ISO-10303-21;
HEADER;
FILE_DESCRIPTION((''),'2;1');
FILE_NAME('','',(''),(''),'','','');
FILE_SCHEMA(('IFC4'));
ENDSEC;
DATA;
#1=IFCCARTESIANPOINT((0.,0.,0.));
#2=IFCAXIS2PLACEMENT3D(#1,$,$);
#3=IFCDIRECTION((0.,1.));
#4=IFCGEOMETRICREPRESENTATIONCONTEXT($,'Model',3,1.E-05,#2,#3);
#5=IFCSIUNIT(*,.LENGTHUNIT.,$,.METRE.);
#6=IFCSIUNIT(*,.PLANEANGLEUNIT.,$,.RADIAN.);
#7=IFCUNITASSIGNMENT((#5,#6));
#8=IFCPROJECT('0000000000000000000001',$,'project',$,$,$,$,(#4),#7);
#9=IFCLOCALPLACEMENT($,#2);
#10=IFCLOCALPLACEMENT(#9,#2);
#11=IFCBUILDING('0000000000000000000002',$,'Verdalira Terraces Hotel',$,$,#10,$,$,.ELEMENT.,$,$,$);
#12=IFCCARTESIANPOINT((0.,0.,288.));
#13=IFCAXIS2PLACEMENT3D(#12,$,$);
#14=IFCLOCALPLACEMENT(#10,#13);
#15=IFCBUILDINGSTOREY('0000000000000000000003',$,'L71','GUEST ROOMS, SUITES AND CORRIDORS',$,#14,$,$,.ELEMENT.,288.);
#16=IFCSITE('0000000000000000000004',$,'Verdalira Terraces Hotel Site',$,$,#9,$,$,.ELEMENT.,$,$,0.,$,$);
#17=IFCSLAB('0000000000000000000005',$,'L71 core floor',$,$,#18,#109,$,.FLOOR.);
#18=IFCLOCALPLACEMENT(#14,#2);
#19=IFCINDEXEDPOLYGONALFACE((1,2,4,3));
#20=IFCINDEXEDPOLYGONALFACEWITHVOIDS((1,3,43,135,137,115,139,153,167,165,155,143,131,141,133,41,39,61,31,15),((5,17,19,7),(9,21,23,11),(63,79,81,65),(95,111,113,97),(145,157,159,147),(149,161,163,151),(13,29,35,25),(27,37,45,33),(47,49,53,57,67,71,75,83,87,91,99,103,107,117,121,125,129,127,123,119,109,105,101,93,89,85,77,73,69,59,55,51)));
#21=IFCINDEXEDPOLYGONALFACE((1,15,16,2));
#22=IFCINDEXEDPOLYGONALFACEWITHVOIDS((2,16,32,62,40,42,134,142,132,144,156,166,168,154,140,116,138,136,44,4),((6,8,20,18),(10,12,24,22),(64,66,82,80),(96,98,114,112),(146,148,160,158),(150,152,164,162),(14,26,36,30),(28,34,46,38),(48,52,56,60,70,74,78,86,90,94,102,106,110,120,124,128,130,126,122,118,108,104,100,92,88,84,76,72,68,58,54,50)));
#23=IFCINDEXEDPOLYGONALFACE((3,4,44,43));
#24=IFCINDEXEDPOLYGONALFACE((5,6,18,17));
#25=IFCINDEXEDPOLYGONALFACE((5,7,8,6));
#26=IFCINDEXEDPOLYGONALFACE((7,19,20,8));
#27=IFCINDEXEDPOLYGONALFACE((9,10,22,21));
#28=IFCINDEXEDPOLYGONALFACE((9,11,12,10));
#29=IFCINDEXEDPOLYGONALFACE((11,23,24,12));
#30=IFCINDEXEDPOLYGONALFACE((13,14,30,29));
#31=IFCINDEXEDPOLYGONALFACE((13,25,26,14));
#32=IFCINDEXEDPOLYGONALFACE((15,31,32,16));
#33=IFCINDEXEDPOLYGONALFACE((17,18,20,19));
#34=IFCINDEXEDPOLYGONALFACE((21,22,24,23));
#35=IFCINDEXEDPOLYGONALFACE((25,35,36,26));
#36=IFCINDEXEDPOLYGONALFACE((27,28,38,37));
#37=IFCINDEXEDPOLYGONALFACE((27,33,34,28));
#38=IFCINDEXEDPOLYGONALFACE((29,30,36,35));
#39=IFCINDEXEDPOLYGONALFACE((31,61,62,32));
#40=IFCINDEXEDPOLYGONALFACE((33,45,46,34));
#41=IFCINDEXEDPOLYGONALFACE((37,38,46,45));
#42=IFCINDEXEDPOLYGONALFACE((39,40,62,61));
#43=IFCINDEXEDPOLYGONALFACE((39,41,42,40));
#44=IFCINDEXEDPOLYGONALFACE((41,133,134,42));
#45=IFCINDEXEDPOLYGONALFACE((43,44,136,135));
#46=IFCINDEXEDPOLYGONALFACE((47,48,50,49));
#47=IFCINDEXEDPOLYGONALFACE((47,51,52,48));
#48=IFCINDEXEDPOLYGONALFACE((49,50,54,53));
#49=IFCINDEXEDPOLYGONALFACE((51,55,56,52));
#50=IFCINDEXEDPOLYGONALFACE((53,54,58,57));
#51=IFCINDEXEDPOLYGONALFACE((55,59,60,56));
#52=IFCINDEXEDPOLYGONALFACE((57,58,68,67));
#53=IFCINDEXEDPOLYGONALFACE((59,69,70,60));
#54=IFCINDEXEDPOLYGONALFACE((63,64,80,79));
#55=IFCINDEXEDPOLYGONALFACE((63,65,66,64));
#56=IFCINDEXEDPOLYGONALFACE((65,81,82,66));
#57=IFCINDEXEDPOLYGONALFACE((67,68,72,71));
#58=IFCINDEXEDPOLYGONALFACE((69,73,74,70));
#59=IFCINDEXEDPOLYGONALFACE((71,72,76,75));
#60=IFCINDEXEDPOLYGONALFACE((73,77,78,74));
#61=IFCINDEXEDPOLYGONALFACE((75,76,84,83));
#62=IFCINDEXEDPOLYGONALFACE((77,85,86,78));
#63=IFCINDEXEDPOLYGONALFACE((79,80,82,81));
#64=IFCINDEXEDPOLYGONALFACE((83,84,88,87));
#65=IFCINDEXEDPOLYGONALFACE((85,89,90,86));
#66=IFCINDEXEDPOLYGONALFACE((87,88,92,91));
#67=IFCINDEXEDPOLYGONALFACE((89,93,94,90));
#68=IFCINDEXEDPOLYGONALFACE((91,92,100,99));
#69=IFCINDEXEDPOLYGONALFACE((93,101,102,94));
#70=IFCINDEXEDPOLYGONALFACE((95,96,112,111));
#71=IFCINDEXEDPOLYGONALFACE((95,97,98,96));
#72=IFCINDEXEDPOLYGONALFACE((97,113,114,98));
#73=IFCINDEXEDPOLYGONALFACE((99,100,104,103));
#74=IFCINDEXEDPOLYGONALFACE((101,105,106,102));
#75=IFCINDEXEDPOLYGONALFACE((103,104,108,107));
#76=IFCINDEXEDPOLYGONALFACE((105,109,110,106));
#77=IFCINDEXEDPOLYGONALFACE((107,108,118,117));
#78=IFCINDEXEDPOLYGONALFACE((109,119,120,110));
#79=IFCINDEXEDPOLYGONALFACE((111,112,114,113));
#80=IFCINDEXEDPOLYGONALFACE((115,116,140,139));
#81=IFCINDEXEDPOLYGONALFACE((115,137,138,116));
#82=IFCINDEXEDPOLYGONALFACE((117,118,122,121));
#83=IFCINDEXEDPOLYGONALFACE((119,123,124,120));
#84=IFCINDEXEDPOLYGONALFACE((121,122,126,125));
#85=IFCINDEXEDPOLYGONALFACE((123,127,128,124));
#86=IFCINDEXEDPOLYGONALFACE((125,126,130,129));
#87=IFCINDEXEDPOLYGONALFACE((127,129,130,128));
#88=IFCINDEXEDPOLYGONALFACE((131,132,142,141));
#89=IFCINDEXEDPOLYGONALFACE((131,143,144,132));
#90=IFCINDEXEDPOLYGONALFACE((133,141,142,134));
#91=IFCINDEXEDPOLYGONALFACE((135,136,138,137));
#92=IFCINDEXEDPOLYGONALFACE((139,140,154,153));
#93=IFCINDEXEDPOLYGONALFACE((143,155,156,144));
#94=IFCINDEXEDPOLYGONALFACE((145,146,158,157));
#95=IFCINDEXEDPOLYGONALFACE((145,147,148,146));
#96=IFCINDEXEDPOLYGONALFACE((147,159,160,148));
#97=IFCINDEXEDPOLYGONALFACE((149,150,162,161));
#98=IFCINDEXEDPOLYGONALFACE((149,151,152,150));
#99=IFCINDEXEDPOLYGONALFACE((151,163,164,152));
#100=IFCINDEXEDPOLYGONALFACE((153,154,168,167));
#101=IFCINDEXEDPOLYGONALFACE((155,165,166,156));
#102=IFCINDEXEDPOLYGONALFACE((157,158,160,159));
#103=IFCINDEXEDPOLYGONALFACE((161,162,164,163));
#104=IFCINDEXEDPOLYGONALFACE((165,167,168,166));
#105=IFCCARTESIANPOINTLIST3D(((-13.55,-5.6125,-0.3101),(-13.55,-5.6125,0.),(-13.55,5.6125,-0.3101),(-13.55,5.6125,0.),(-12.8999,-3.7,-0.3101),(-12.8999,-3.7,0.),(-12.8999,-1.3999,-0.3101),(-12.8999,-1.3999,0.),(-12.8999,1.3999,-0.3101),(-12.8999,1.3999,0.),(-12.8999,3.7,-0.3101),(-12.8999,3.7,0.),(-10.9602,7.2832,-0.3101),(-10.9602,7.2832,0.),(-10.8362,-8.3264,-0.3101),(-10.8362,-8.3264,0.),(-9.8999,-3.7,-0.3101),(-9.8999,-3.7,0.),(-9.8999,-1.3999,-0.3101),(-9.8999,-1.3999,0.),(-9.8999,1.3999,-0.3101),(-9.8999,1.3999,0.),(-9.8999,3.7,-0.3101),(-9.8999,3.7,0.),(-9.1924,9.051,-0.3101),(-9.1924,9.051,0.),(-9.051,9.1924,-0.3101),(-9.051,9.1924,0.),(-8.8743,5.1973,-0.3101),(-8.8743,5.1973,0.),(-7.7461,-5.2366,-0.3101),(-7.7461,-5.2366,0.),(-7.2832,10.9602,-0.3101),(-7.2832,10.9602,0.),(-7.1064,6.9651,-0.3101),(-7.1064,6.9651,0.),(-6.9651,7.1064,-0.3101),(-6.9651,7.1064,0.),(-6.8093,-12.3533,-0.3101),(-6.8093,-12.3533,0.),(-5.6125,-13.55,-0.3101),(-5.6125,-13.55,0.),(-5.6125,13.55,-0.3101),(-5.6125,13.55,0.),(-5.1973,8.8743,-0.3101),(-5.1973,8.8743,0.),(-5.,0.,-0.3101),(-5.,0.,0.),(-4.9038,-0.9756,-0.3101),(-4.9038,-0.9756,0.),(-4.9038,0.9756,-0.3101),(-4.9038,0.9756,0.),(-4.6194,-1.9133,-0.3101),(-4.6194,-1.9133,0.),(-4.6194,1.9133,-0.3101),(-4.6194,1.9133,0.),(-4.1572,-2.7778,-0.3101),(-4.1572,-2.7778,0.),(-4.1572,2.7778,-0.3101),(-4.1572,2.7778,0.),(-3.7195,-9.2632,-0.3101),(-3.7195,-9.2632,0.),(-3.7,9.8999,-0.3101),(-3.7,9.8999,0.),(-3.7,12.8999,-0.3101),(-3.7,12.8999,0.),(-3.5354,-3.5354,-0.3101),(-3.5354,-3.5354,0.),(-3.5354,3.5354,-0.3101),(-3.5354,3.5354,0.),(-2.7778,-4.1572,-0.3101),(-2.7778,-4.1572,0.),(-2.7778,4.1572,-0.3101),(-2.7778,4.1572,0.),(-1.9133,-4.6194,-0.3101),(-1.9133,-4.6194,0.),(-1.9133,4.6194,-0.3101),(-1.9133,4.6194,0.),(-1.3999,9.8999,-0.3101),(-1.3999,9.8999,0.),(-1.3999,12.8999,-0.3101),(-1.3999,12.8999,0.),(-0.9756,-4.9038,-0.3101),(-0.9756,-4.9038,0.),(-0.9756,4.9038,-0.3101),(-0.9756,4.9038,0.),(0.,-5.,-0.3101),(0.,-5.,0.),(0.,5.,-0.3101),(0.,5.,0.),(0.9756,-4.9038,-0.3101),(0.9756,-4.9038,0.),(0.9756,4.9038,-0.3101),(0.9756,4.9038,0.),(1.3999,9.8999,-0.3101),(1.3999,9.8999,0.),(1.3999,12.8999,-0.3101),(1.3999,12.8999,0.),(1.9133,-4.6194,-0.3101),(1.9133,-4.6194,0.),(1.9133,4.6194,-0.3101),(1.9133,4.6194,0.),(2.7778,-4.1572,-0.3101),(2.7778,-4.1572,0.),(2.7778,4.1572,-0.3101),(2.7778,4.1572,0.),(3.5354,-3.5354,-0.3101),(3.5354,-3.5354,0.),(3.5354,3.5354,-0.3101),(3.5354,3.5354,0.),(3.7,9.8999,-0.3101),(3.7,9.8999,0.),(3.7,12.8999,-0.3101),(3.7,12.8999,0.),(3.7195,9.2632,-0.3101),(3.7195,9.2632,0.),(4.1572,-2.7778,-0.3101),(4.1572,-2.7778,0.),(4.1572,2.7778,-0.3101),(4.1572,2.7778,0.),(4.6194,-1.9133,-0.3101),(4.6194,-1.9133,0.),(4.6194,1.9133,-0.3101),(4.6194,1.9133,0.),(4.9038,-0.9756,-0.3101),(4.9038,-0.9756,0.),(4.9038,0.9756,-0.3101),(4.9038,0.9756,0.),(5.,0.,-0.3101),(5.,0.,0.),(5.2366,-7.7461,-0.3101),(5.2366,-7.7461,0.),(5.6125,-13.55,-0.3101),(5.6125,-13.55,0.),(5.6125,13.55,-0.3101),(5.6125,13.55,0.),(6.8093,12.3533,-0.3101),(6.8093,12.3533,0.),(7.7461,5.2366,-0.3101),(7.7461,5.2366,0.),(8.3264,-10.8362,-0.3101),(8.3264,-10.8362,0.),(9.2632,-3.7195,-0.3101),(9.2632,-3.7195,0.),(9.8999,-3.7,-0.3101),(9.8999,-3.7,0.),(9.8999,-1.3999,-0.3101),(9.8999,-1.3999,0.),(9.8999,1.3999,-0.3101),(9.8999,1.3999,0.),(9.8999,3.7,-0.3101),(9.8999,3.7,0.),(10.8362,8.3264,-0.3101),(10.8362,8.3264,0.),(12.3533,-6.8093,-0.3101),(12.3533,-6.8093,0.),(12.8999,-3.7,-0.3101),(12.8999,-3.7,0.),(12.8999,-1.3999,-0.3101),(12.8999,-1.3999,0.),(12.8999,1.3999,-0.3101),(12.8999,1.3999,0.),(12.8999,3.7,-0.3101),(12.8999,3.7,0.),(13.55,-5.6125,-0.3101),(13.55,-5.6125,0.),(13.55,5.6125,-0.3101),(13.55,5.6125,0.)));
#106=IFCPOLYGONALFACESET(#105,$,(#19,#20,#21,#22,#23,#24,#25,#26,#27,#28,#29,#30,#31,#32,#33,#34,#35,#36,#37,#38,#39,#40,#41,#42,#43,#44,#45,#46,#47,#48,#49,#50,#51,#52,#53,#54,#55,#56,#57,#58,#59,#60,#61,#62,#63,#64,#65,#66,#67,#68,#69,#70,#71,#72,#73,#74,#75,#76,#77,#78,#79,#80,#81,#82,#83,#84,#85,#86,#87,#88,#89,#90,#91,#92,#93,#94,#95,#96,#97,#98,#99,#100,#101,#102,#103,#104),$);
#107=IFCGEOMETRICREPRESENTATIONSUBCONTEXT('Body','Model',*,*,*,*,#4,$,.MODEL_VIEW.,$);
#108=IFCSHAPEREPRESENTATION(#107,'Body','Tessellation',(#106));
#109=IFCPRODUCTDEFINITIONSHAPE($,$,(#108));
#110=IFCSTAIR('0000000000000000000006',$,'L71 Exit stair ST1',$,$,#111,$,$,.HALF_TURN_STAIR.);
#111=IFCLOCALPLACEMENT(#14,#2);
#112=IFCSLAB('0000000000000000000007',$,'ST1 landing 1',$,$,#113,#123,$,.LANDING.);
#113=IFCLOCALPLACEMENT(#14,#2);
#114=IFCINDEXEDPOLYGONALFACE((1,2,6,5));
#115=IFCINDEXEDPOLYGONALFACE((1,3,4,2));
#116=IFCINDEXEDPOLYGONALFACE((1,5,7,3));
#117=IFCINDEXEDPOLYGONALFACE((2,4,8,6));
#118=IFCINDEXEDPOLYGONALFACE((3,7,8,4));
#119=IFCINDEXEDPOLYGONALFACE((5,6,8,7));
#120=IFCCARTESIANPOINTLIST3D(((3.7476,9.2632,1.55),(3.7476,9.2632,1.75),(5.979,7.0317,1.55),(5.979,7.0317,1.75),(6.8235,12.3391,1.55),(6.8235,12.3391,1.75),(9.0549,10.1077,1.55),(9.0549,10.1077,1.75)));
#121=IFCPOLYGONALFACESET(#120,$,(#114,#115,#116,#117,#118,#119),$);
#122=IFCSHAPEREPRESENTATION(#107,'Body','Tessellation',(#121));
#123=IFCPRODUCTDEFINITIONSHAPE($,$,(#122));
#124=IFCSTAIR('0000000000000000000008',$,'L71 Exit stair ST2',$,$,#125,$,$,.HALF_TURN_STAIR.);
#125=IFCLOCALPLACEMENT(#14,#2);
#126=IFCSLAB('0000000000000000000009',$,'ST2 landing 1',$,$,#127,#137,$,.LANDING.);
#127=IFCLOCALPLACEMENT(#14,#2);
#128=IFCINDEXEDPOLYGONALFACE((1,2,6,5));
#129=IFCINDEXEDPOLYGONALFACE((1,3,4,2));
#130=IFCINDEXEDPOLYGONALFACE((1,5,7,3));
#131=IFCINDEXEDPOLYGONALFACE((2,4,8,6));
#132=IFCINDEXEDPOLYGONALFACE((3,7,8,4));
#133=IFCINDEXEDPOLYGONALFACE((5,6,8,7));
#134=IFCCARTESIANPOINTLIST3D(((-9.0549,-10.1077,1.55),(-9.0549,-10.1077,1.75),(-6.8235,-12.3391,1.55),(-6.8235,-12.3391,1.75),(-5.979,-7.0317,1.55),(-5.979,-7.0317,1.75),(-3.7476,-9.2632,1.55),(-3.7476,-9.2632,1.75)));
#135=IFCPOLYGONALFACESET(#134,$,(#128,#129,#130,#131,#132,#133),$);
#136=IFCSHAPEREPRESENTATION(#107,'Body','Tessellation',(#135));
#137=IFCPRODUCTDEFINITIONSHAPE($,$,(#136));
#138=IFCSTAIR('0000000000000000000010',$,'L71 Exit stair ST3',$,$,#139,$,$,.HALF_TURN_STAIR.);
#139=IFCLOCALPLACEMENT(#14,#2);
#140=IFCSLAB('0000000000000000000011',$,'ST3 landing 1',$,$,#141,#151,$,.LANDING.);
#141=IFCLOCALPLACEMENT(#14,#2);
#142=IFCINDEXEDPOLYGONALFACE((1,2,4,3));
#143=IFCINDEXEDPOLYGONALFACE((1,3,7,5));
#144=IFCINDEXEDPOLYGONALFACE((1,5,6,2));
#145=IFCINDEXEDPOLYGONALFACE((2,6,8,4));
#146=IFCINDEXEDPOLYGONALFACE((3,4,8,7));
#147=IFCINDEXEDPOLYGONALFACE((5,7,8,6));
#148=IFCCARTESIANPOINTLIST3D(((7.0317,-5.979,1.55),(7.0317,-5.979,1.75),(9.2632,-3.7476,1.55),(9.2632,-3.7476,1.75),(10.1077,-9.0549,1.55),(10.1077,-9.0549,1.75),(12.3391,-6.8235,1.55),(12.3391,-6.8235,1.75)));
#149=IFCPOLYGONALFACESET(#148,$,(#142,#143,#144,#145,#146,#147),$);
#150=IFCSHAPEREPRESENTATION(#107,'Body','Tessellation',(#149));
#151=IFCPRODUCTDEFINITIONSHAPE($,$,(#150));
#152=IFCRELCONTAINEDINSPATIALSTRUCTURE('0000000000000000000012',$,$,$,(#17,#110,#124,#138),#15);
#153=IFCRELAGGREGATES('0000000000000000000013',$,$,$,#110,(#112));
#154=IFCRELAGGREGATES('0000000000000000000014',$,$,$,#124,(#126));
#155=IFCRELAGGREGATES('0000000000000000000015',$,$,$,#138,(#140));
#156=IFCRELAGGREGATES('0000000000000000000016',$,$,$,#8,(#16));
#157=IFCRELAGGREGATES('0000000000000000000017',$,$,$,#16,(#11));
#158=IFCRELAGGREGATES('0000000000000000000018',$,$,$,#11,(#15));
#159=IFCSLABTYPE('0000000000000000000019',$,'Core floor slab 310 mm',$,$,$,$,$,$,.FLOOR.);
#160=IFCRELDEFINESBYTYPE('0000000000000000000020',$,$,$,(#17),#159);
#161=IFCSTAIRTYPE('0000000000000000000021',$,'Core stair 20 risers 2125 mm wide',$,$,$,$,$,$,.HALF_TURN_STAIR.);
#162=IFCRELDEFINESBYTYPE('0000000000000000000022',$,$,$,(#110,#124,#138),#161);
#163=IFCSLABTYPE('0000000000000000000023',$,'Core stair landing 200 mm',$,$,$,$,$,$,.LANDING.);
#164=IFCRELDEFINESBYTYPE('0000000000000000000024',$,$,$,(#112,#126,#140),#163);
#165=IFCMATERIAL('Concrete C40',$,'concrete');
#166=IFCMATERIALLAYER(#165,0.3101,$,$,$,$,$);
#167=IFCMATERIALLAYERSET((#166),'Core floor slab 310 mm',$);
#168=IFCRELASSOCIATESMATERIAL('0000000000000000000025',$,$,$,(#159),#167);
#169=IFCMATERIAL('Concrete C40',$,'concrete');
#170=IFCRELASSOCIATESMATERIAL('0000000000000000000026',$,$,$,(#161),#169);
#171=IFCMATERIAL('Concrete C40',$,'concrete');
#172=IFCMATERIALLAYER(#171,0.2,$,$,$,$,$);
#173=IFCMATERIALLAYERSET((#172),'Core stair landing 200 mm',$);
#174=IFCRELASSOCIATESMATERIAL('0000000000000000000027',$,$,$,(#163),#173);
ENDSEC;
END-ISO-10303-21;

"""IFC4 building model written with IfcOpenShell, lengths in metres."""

from ifc_helpers import new_model, si_unit, direction, frame, origin, place, context, subcontext, project, spatial, polyline, outline, extrude, material, layer, layer_set, type_object, element, aggregate, save


model = new_model("IFC4")

# Units and contexts
model_context = context("Model", 3, precision=1e-05, world=origin(), true_north=direction((0.0, 1.0)))
body_context = subcontext(model_context, "Body", "Model", "MODEL_VIEW")
ifc_project = project(units=[si_unit("LENGTHUNIT", "METRE"), si_unit("PLANEANGLEUNIT", "RADIAN")], contexts=[model_context])

# Site, building, storey
site_placement = place(None, origin())
site = spatial("IfcSite", under=ifc_project, at=site_placement, Name="Verdalira Terraces Hotel Site", CompositionType="ELEMENT", RefElevation=0.0)
building_placement = place(site_placement, origin())
building = spatial("IfcBuilding", under=site, at=building_placement, Name="Verdalira Terraces Hotel", CompositionType="ELEMENT")
storey_placement = place(building_placement, frame((0.0, 0.0, 288.0)))
storey = spatial("IfcBuildingStorey", under=building, at=storey_placement, Name="L71", Description="GUEST ROOMS, SUITES AND CORRIDORS", CompositionType="ELEMENT", Elevation=288.0)

# Slab
ifc_material_1 = material(Name="Concrete C40", Category="concrete")
ifc_layer_1 = layer(ifc_material_1, 0.3101)
ifc_layer_set_1 = layer_set([ifc_layer_1], Name="Core floor slab 310 mm")
slab_type_1 = type_object("IfcSlabType", Name="Core floor slab 310 mm", PredefinedType="FLOOR", material=ifc_layer_set_1)
slab_1_placement = place(storey_placement, frame((0.0, 0.0, -0.3101)))
element("IfcSlab", 1, at=slab_1_placement, inside=storey, type_object=slab_type_1, Name="L71 core floor", PredefinedType="FLOOR", context=body_context, shape_type="SweptSolid", body=[
    extrude(outline(polyline([(-6.8093, -12.3533), (-3.7195, -9.2632), (-7.7461, -5.2366), (-10.8362, -8.3264), (-13.55, -5.6125), (-13.55, 5.6125), (-5.6125, 13.55), (5.6125, 13.55), (6.8093, 12.3533), (3.7195, 9.2632), (7.7461, 5.2366), (10.8362, 8.3264), (13.55, 5.6125), (13.55, -5.6125), (12.3533, -6.8093), (9.2632, -3.7195), (5.2366, -7.7461), (8.3264, -10.8362), (5.6125, -13.55), (-5.6125, -13.55), (-6.8093, -12.3533)]), holes=[polyline([(9.8999, -1.3999), (9.8999, -3.7), (12.8999, -3.7), (12.8999, -1.3999), (9.8999, -1.3999)]), polyline([(9.8999, 3.7), (9.8999, 1.3999), (12.8999, 1.3999), (12.8999, 3.7), (9.8999, 3.7)]), polyline([(3.7, 12.8999), (1.3999, 12.8999), (1.3999, 9.8999), (3.7, 9.8999), (3.7, 12.8999)]), polyline([(-1.3999, 12.8999), (-3.7, 12.8999), (-3.7, 9.8999), (-1.3999, 9.8999), (-1.3999, 12.8999)]), polyline([(-9.8999, 1.3999), (-9.8999, 3.7), (-12.8999, 3.7), (-12.8999, 1.3999), (-9.8999, 1.3999)]), polyline([(-9.8999, -3.7), (-9.8999, -1.3999), (-12.8999, -1.3999), (-12.8999, -3.7), (-9.8999, -3.7)]), polyline([(-9.051, 9.1924), (-6.9651, 7.1064), (-5.1973, 8.8743), (-7.2832, 10.9602), (-9.051, 9.1924)]), polyline([(-9.1924, 9.051), (-10.9602, 7.2832), (-8.8743, 5.1973), (-7.1064, 6.9651), (-9.1924, 9.051)]), polyline([(3.5354, 3.5354), (2.7778, 4.1572), (1.9133, 4.6194), (0.9756, 4.9038), (0.0, 5.0), (-0.9756, 4.9038), (-1.9133, 4.6194), (-2.7778, 4.1572), (-3.5354, 3.5354), (-4.1572, 2.7778), (-4.6194, 1.9133), (-4.9038, 0.9756), (-5.0, 0.0), (-4.9038, -0.9756), (-4.6194, -1.9133), (-4.1572, -2.7778), (-3.5354, -3.5354), (-2.7778, -4.1572), (-1.9133, -4.6194), (-0.9756, -4.9038), (0.0, -5.0), (0.9756, -4.9038), (1.9133, -4.6194), (2.7778, -4.1572), (3.5354, -3.5354), (4.1572, -2.7778), (4.6194, -1.9133), (4.9038, -0.9756), (5.0, 0.0), (4.9038, 0.9756), (4.6194, 1.9133), (4.1572, 2.7778), (3.5354, 3.5354)])]), origin(), (0.0, 0.0, 1.0), 0.3101),
])

# Stairs, slabs
ifc_material_2 = material(Name="Concrete C40", Category="concrete")
stair_type = type_object("IfcStairType", Name="Core stair 20 risers 2125 mm wide", PredefinedType="HALF_TURN_STAIR", material=ifc_material_2)
stair_1_placement = place(storey_placement, origin())
stair_1 = element("IfcStair", 2, at=stair_1_placement, inside=storey, type_object=stair_type, Name="L71 Exit stair ST1", PredefinedType="HALF_TURN_STAIR")
ifc_material_3 = material(Name="Concrete C40", Category="concrete")
ifc_layer_2 = layer(ifc_material_3, 0.2)
ifc_layer_set_2 = layer_set([ifc_layer_2], Name="Core stair landing 200 mm")
slab_type_2 = type_object("IfcSlabType", Name="Core stair landing 200 mm", PredefinedType="LANDING", material=ifc_layer_set_2)
slab_2_placement = place(storey_placement, frame((0.0, 0.0, 1.55)))
slab_2 = element("IfcSlab", 3, at=slab_2_placement, type_object=slab_type_2, Name="ST1 landing 1", PredefinedType="LANDING", context=body_context, shape_type="SweptSolid", body=[
    extrude(outline(polyline([(9.0549, 10.1077), (6.8235, 12.3391), (3.7476, 9.2632), (5.979, 7.0317), (9.0549, 10.1077)])), origin(), (0.0, 0.0, 1.0), 0.2),
])
aggregate(stair_1, [slab_2])
stair_2_placement = place(storey_placement, origin())
stair_2 = element("IfcStair", 4, at=stair_2_placement, inside=storey, type_object=stair_type, Name="L71 Exit stair ST2", PredefinedType="HALF_TURN_STAIR")
slab_3_placement = place(storey_placement, frame((0.0, 0.0, 1.55)))
slab_3 = element("IfcSlab", 5, at=slab_3_placement, type_object=slab_type_2, Name="ST2 landing 1", PredefinedType="LANDING", context=body_context, shape_type="SweptSolid", body=[
    extrude(outline(polyline([(-9.0549, -10.1077), (-6.8235, -12.3391), (-3.7476, -9.2632), (-5.979, -7.0317), (-9.0549, -10.1077)])), origin(), (0.0, 0.0, 1.0), 0.2),
])
aggregate(stair_2, [slab_3])
stair_3_placement = place(storey_placement, origin())
stair_3 = element("IfcStair", 6, at=stair_3_placement, inside=storey, type_object=stair_type, Name="L71 Exit stair ST3", PredefinedType="HALF_TURN_STAIR")
slab_4_placement = place(storey_placement, frame((0.0, 0.0, 1.55)))
slab_4 = element("IfcSlab", 7, at=slab_4_placement, type_object=slab_type_2, Name="ST3 landing 1", PredefinedType="LANDING", context=body_context, shape_type="SweptSolid", body=[
    extrude(outline(polyline([(10.1077, -9.0549), (12.3391, -6.8235), (9.2632, -3.7476), (7.0317, -5.979), (10.1077, -9.0549)])), origin(), (0.0, 0.0, 1.0), 0.2),
])
aggregate(stair_3, [slab_4])

save(model, "model.ifc")
